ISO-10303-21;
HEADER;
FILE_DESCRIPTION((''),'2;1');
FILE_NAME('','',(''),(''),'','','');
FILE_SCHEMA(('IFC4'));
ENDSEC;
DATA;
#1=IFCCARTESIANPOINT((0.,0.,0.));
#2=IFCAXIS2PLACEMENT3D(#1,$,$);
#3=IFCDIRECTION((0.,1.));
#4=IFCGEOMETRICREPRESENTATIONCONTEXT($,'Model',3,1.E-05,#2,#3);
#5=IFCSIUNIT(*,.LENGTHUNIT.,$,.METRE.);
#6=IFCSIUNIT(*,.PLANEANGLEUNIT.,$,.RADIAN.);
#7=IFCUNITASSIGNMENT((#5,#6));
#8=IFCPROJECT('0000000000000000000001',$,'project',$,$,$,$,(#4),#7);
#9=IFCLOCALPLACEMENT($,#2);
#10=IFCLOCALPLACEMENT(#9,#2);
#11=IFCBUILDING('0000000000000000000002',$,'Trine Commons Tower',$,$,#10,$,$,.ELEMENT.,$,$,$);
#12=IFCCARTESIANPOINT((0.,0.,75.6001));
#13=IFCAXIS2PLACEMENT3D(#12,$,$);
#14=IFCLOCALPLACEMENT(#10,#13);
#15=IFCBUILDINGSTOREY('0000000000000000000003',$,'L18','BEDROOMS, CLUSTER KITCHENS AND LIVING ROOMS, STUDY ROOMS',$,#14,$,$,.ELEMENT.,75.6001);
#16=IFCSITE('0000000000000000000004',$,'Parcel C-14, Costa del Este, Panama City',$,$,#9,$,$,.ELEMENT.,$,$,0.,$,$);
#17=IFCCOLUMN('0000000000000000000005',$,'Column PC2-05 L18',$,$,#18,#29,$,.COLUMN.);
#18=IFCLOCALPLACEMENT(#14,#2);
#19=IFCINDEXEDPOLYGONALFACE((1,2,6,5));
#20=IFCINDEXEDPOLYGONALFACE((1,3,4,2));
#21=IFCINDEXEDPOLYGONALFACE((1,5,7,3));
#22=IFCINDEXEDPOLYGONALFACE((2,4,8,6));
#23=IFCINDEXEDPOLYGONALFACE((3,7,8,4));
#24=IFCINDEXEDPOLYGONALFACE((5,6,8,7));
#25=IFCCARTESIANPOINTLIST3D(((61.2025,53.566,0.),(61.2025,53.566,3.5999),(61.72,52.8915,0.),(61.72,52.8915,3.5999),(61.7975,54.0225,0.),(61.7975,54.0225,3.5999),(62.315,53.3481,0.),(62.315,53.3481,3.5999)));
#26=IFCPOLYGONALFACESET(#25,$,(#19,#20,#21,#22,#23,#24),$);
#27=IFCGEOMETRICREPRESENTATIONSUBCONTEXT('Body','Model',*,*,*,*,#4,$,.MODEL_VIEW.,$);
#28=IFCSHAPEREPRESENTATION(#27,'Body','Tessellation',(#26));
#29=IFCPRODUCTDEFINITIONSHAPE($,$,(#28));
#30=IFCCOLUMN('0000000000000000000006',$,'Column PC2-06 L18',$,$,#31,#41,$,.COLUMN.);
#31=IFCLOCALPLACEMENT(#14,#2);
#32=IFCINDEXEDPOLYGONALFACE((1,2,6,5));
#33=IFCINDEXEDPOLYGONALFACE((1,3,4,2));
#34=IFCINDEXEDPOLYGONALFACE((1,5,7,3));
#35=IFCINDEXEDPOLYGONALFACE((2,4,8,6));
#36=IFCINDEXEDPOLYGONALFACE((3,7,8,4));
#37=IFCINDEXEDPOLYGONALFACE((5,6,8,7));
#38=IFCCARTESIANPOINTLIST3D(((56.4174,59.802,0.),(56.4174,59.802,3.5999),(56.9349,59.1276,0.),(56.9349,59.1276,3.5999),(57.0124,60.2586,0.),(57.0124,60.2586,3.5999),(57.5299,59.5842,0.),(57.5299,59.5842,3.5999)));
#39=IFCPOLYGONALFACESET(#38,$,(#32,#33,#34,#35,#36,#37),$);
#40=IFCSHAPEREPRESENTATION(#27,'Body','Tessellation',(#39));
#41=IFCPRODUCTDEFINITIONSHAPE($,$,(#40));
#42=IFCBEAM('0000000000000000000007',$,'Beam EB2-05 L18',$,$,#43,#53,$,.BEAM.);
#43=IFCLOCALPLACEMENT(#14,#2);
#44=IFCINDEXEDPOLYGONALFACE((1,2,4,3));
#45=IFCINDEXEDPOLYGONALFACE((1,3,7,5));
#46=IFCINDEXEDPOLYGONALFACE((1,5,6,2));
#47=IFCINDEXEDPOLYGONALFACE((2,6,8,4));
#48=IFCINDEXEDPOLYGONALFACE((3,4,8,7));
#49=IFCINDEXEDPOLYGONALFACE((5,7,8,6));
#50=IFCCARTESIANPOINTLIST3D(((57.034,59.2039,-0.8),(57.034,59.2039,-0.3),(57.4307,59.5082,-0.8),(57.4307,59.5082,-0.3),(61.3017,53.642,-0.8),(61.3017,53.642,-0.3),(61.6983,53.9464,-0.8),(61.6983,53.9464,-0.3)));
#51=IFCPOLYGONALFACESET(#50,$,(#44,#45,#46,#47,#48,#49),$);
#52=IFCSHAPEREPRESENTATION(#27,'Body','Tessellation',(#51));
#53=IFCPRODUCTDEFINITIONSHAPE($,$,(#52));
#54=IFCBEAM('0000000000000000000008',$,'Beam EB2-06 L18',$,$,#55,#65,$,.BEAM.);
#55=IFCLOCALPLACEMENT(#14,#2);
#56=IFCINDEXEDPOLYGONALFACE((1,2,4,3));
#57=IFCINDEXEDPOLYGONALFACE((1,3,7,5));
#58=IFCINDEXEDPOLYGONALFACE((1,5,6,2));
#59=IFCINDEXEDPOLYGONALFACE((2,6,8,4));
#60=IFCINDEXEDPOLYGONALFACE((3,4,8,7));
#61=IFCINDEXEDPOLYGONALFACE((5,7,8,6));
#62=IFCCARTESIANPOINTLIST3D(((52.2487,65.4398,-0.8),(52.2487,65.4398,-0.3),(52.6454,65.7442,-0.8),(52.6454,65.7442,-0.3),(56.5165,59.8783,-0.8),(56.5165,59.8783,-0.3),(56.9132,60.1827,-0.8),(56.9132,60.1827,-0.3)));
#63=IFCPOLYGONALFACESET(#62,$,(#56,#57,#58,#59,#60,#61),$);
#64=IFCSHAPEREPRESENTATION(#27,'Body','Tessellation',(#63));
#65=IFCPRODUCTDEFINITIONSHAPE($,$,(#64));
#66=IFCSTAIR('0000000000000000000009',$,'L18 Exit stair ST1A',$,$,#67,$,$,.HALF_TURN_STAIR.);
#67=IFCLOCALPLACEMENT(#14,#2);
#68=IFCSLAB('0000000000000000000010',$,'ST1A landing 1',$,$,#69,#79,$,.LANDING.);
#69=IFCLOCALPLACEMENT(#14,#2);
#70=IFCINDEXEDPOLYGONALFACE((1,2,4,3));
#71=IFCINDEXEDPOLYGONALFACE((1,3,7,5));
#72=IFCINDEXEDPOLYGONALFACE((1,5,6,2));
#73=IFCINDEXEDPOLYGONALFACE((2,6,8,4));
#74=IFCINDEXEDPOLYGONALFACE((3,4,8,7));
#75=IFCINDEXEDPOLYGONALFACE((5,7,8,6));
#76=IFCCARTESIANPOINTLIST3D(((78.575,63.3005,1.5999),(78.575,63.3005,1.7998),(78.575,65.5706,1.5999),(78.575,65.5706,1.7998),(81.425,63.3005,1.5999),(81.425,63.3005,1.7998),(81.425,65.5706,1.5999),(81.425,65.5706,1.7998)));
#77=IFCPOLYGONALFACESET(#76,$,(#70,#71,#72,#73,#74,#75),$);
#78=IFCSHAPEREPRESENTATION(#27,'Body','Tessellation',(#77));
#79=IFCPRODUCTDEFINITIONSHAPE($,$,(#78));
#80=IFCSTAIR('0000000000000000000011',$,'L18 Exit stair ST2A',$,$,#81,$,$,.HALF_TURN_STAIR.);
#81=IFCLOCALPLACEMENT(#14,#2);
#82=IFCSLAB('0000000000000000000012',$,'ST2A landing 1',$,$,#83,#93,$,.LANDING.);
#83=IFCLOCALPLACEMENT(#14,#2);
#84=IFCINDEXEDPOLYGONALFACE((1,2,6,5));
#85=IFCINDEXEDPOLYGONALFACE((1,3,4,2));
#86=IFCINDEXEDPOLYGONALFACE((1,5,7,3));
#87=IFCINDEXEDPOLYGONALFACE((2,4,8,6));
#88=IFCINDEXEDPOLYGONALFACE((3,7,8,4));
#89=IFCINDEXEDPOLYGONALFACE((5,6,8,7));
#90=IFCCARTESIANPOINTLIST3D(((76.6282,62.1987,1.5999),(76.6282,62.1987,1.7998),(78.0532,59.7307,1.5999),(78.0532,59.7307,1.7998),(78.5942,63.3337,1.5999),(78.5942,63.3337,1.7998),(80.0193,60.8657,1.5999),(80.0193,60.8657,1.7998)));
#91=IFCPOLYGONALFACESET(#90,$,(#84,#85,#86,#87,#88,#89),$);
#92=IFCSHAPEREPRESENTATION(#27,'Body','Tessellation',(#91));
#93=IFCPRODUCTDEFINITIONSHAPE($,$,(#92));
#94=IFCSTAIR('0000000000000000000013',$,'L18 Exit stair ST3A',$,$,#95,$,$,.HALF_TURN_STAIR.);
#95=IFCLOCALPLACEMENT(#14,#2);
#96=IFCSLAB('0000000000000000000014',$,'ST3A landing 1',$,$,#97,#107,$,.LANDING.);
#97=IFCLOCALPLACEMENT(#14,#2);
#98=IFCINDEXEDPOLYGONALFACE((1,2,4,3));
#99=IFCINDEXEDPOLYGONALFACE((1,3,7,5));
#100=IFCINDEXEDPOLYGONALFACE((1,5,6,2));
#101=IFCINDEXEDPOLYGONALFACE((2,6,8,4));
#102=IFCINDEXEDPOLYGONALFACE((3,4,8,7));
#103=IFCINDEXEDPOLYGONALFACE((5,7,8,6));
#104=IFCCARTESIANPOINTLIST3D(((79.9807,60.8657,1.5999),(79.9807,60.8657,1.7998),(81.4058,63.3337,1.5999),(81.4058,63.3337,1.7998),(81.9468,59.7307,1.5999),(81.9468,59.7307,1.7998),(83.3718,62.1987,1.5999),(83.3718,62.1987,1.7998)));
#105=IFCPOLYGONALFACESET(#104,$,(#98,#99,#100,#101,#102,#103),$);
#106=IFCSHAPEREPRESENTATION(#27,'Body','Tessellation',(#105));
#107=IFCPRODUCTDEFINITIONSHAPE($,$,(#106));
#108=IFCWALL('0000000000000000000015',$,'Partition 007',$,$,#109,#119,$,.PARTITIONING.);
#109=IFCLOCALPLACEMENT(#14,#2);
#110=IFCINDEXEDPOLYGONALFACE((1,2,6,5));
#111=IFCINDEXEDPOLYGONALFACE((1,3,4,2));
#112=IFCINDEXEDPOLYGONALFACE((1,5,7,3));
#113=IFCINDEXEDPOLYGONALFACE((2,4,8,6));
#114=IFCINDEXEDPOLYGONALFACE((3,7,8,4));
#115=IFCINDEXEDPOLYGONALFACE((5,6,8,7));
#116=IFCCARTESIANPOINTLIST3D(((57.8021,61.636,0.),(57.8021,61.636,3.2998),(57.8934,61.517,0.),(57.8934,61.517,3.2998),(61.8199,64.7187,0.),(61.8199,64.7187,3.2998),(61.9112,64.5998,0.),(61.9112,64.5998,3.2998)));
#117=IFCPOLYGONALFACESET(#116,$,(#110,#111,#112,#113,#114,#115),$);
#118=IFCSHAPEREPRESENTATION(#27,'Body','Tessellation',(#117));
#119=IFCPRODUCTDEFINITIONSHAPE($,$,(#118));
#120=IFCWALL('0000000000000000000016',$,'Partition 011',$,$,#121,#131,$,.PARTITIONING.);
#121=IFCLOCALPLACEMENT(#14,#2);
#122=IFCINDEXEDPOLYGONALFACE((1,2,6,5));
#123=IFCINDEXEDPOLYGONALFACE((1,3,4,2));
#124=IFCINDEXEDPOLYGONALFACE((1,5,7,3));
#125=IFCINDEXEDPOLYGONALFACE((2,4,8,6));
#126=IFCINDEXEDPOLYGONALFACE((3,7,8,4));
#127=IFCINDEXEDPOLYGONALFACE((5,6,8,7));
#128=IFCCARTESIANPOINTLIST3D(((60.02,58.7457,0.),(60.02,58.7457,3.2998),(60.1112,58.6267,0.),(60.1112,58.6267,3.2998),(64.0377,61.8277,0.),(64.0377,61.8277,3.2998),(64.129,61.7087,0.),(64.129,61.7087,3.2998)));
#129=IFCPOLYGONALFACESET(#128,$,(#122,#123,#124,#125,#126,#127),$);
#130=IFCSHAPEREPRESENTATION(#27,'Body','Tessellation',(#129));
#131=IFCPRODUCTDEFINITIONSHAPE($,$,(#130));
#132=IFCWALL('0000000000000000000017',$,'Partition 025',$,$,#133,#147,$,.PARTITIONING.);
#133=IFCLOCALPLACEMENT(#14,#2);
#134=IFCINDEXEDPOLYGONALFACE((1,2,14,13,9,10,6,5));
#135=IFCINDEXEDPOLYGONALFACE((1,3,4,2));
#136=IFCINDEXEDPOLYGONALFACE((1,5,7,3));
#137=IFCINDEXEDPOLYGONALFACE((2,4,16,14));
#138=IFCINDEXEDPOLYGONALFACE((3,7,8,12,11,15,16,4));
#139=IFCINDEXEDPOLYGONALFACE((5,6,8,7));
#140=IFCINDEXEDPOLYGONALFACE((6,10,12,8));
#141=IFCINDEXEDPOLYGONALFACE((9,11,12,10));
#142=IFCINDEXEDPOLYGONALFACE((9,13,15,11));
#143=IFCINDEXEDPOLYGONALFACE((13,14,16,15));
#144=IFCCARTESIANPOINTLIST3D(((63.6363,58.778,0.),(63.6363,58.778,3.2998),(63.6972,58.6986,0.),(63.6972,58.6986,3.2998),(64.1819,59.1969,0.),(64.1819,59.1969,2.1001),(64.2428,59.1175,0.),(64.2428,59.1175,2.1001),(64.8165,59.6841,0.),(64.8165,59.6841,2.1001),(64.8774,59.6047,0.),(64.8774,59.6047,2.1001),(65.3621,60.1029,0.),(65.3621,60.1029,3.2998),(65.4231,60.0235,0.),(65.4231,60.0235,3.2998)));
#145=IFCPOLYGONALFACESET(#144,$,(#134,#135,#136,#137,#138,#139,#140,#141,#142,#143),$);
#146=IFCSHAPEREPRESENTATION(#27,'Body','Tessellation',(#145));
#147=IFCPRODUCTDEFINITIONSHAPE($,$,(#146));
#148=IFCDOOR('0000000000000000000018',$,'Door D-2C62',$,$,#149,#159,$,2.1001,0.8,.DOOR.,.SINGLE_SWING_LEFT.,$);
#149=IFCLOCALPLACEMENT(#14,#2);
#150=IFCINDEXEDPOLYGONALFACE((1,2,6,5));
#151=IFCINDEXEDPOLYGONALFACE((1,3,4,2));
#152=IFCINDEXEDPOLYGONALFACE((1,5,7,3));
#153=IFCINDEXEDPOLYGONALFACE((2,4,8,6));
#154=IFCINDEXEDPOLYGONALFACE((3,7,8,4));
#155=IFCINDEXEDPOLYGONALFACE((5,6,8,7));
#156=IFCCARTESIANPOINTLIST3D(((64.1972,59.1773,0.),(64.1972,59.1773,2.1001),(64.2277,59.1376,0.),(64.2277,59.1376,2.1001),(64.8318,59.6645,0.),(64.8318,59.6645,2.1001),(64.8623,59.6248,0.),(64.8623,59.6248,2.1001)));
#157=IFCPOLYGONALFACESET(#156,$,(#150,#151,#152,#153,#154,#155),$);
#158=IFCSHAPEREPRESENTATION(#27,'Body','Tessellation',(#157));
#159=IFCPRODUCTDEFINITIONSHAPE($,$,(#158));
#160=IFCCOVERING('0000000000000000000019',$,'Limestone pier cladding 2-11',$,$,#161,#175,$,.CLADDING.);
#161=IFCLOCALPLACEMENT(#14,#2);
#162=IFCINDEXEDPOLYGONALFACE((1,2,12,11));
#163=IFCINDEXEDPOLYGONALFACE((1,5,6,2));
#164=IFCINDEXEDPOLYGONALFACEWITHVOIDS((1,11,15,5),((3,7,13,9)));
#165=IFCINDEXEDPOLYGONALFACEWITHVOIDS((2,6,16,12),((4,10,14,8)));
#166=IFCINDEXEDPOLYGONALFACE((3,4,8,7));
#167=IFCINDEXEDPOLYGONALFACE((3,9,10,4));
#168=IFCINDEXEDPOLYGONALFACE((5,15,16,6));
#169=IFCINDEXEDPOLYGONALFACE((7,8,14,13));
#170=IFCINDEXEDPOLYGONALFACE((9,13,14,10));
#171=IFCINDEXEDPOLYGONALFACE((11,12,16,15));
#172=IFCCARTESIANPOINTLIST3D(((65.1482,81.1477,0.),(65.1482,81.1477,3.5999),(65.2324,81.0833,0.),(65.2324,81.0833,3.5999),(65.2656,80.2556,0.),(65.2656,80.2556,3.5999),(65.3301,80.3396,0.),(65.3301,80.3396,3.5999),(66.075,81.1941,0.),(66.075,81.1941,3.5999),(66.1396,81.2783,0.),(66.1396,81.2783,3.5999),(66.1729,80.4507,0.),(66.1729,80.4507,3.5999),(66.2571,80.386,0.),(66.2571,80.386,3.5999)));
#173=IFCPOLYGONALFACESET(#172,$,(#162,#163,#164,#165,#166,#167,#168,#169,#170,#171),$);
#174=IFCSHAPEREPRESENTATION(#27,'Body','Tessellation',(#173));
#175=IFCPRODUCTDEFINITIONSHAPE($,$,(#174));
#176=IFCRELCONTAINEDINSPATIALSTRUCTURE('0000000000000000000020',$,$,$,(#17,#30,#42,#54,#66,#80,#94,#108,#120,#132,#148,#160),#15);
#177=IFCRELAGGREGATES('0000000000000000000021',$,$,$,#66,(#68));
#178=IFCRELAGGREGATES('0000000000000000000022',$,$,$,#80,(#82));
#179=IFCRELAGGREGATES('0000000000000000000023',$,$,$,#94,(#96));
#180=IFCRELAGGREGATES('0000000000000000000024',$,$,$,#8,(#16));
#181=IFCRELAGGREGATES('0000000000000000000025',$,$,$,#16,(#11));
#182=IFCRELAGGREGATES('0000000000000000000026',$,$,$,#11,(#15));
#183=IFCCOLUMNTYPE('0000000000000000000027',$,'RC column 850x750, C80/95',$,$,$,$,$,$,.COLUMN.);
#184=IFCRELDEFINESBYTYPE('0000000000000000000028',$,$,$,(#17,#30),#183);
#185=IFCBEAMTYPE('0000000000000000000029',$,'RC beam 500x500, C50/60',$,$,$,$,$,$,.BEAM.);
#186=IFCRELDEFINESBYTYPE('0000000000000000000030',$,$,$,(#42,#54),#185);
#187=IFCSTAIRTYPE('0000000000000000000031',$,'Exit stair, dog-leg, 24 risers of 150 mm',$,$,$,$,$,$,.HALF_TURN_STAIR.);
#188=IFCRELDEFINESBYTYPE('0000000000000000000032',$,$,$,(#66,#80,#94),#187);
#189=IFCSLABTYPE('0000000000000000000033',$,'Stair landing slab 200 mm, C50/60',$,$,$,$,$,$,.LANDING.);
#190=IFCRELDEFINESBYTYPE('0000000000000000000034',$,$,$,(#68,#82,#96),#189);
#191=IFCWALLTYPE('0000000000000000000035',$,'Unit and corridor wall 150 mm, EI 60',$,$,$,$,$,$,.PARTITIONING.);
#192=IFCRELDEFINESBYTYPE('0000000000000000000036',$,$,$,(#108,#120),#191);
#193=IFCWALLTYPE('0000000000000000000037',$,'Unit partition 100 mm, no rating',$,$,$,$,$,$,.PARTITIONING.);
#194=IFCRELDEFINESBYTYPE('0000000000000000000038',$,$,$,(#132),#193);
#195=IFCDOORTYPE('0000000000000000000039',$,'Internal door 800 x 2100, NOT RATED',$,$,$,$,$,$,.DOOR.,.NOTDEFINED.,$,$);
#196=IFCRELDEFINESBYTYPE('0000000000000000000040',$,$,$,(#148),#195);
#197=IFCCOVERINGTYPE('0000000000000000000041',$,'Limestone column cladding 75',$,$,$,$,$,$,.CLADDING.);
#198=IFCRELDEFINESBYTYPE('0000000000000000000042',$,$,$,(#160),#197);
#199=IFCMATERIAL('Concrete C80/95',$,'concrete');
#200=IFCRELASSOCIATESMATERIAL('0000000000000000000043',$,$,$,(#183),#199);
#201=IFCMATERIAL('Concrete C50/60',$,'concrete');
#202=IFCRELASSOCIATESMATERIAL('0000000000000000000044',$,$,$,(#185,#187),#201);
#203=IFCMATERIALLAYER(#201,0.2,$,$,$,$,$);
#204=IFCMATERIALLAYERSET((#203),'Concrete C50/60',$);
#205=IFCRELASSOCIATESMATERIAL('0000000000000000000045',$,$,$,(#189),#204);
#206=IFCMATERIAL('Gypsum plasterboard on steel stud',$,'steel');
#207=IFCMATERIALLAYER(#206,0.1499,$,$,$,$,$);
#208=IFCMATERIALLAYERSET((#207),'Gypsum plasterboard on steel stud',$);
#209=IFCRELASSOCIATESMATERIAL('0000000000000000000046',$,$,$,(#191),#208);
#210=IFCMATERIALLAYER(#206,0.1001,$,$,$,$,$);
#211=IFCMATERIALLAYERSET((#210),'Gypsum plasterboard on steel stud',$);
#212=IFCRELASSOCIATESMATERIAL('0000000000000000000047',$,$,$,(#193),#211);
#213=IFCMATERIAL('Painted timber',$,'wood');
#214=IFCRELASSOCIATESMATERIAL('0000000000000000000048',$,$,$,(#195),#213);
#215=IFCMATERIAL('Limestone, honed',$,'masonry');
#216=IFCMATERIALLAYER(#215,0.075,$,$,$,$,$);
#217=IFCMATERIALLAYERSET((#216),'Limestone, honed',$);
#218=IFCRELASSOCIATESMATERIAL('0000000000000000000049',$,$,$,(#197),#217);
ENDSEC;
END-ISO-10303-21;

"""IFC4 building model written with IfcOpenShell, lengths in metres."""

from ifc_helpers import new_model, si_unit, direction, frame, frame_2d, origin, origin_2d, place, context, subcontext, project, spatial, polyline, rectangle, outline, extrude, material, layer, layer_set, material_profile, profile_set, type_object, element, fill, aggregate, save


model = new_model("IFC4")

# Units and contexts
model_context = context("Model", 3, precision=1e-05, world=origin(), true_north=direction((0.0, 1.0)))
body_context = subcontext(model_context, "Body", "Model", "MODEL_VIEW")
ifc_project = project(units=[si_unit("LENGTHUNIT", "METRE"), si_unit("PLANEANGLEUNIT", "RADIAN")], contexts=[model_context])

# Site, building, storey
site_placement = place(None, origin())
site = spatial("IfcSite", under=ifc_project, at=site_placement, Name="Parcel C-14, Costa del Este, Panama City", CompositionType="ELEMENT", RefElevation=0.0)
building_placement = place(site_placement, origin())
building = spatial("IfcBuilding", under=site, at=building_placement, Name="Trine Commons Tower", CompositionType="ELEMENT")
storey_placement = place(building_placement, frame((0.0, 0.0, 75.6001)))
storey = spatial("IfcBuildingStorey", under=building, at=storey_placement, Name="L18", Description="BEDROOMS, CLUSTER KITCHENS AND LIVING ROOMS, STUDY ROOMS", CompositionType="ELEMENT", Elevation=75.6001)

# Columns
ifc_material_1 = material(Name="Concrete C80/95", Category="concrete")
ifc_material_profile_1 = material_profile(ifc_material_1, rectangle(XDim=0.8501, YDim=0.75, at=origin_2d()), Name="RC 850x750")
ifc_profile_set_1 = profile_set([ifc_material_profile_1], Name="Concrete C80/95")
column_type = type_object("IfcColumnType", Name="RC column 850x750, C80/95", PredefinedType="COLUMN", material=ifc_profile_set_1)
for number, where, z_axis, x_axis, name in (
    (1, (61.7588, 53.457, 0.0), (0.0, 0.0, 1.0), (-0.608761, 0.793353, 0.0), "Column PC2-05 L18"),
    (2, (56.9736, 59.6931, 0.0), (0.0, 0.0, 1.0), (-0.608761, 0.793353, 0.0), "Column PC2-06 L18"),
):
    element("IfcColumn", number, at=place(storey_placement, frame(where, z_axis=z_axis, x_axis=x_axis)), inside=storey, type_object=column_type, Name=name, PredefinedType="COLUMN", context=body_context, shape_type="SweptSolid", body=[
        extrude(rectangle(XDim=0.8501, YDim=0.75, at=origin_2d()), origin(), (0.0, 0.0, 1.0), 3.5999),
    ])

# Beams
ifc_material_2 = material(Name="Concrete C50/60", Category="concrete")
ifc_material_profile_2 = material_profile(ifc_material_2, rectangle(XDim=0.5, YDim=0.5, at=origin_2d()), Name="RC 500x500")
ifc_profile_set_2 = profile_set([ifc_material_profile_2], Name="Concrete C50/60")
beam_type = type_object("IfcBeamType", Name="RC beam 500x500, C50/60", PredefinedType="BEAM", material=ifc_profile_set_2)
beam_1_placement = place(storey_placement, frame((61.5, 53.7942, -0.55), z_axis=(-0.608751, 0.793361, 0.0), x_axis=(-0.793361, -0.608751, 0.0)))
element("IfcBeam", 3, at=beam_1_placement, inside=storey, type_object=beam_type, Name="Beam EB2-05 L18", PredefinedType="BEAM", context=body_context, shape_type="SweptSolid", body=[
    extrude(rectangle(XDim=0.5, YDim=0.5, at=origin_2d()), origin(), (0.0, 0.0, 1.0), 7.0105),
])
beam_2_placement = place(storey_placement, frame((56.7148, 60.0305, -0.55), z_axis=(-0.60879, 0.793332, 0.0), x_axis=(-0.793332, -0.60879, 0.0)))
element("IfcBeam", 4, at=beam_2_placement, inside=storey, type_object=beam_type, Name="Beam EB2-06 L18", PredefinedType="BEAM", context=body_context, shape_type="SweptSolid", body=[
    extrude(rectangle(XDim=0.5, YDim=0.5, at=origin_2d()), origin(), (0.0, 0.0, 1.0), 7.0103),
])

# Stairs, slabs
stair_type = type_object("IfcStairType", Name="Exit stair, dog-leg, 24 risers of 150 mm", PredefinedType="HALF_TURN_STAIR", material=ifc_material_2)
stair_1_placement = place(storey_placement, origin())
stair_1 = element("IfcStair", 5, at=stair_1_placement, inside=storey, type_object=stair_type, Name="L18 Exit stair ST1A", PredefinedType="HALF_TURN_STAIR")
ifc_layer_1 = layer(ifc_material_2, 0.2)
ifc_layer_set_1 = layer_set([ifc_layer_1], Name="Concrete C50/60")
slab_type = type_object("IfcSlabType", Name="Stair landing slab 200 mm, C50/60", PredefinedType="LANDING", material=ifc_layer_set_1)
slab_1_placement = place(storey_placement, frame((0.0, 0.0, 1.5999)))
slab_1 = element("IfcSlab", 6, at=slab_1_placement, type_object=slab_type, Name="ST1A landing 1", PredefinedType="LANDING", context=body_context, shape_type="SweptSolid", body=[
    extrude(outline(polyline([(78.575, 65.5706), (78.575, 63.3005), (81.425, 63.3005), (81.425, 65.5706), (78.575, 65.5706)])), origin(), (0.0, 0.0, 1.0), 0.2),
])
aggregate(stair_1, [slab_1])
stair_2_placement = place(storey_placement, origin())
stair_2 = element("IfcStair", 7, at=stair_2_placement, inside=storey, type_object=stair_type, Name="L18 Exit stair ST2A", PredefinedType="HALF_TURN_STAIR")
slab_2_placement = place(storey_placement, frame((0.0, 0.0, 1.5999)))
slab_2 = element("IfcSlab", 8, at=slab_2_placement, type_object=slab_type, Name="ST2A landing 1", PredefinedType="LANDING", context=body_context, shape_type="SweptSolid", body=[
    extrude(outline(polyline([(78.0532, 59.7307), (80.0193, 60.8657), (78.5942, 63.3337), (76.6282, 62.1987), (78.0532, 59.7307)])), origin(), (0.0, 0.0, 1.0), 0.2),
])
aggregate(stair_2, [slab_2])
stair_3_placement = place(storey_placement, origin())
stair_3 = element("IfcStair", 9, at=stair_3_placement, inside=storey, type_object=stair_type, Name="L18 Exit stair ST3A", PredefinedType="HALF_TURN_STAIR")
slab_3_placement = place(storey_placement, frame((0.0, 0.0, 1.5999)))
slab_3 = element("IfcSlab", 10, at=slab_3_placement, type_object=slab_type, Name="ST3A landing 1", PredefinedType="LANDING", context=body_context, shape_type="SweptSolid", body=[
    extrude(outline(polyline([(83.3718, 62.1987), (81.4058, 63.3337), (79.9807, 60.8657), (81.9468, 59.7307), (83.3718, 62.1987)])), origin(), (0.0, 0.0, 1.0), 0.2),
])
aggregate(stair_3, [slab_3])

# Walls
ifc_material_3 = material(Name="Gypsum plasterboard on steel stud", Category="steel")
ifc_layer_2 = layer(ifc_material_3, 0.1499)
ifc_layer_set_2 = layer_set([ifc_layer_2], Name="Gypsum plasterboard on steel stud")
wall_type_1 = type_object("IfcWallType", Name="Unit and corridor wall 150 mm, EI 60", PredefinedType="PARTITIONING", material=ifc_layer_set_2)
wall_1_placement = place(storey_placement, frame((57.8477, 61.5764, 0.0), z_axis=(0.0, 0.0, 1.0), x_axis=(0.793374, 0.608734, 0.0)))
element("IfcWall", 11, at=wall_1_placement, inside=storey, type_object=wall_type_1, Name="Partition 007", PredefinedType="PARTITIONING", context=body_context, shape_type="SweptSolid", body=[
    extrude(rectangle(XDim=5.0642, YDim=0.1499, at=frame_2d((2.5322, 0.0))), origin(), (0.0, 0.0, 1.0), 3.2998),
])
wall_2_placement = place(storey_placement, frame((60.0657, 58.6863, 0.0), z_axis=(0.0, 0.0, 1.0), x_axis=(0.793444, 0.608643, 0.0)))
element("IfcWall", 12, at=wall_2_placement, inside=storey, type_object=wall_type_1, Name="Partition 011", PredefinedType="PARTITIONING", context=body_context, shape_type="SweptSolid", body=[
    extrude(rectangle(XDim=5.0637, YDim=0.1499, at=frame_2d((2.5317, 0.0))), origin(), (0.0, 0.0, 1.0), 3.2998),
])

# Wall, opening, door
ifc_layer_3 = layer(ifc_material_3, 0.1001)
ifc_layer_set_3 = layer_set([ifc_layer_3], Name="Gypsum plasterboard on steel stud")
wall_type_2 = type_object("IfcWallType", Name="Unit partition 100 mm, no rating", PredefinedType="PARTITIONING", material=ifc_layer_set_3)
wall_3_placement = place(storey_placement, frame((63.6667, 58.7383, 0.0), z_axis=(0.0, 0.0, 1.0), x_axis=(0.793203, 0.608957, 0.0)))
wall_3 = element("IfcWall", 13, at=wall_3_placement, inside=storey, type_object=wall_type_2, Name="Partition 025", PredefinedType="PARTITIONING", context=body_context, shape_type="SweptSolid", body=[
    extrude(rectangle(XDim=2.1758, YDim=0.1001, at=frame_2d((1.0879, 0.0))), origin(), (0.0, 0.0, 1.0), 3.2998),
])
opening_placement = place(wall_3_placement, frame((0.688, 0.0, 0.0)))
opening = element("IfcOpeningElement", 14, at=opening_placement, cuts=wall_3, PredefinedType="OPENING", context=body_context, shape_type="SweptSolid", body=[
    extrude(rectangle(XDim=0.8, YDim=2.1001, at=frame_2d((0.3999, 1.05))), frame((0.0, 0.0601, 0.0), z_axis=(0.0, -1.0, 0.0), x_axis=(1.0, 0.0, 0.0)), (0.0, 0.0, 1.0), 0.1201),
])
ifc_material_4 = material(Name="Painted timber", Category="wood")
door_type = type_object("IfcDoorType", Name="Internal door 800 x 2100, NOT RATED", OperationType="NOTDEFINED", PredefinedType="DOOR", material=ifc_material_4)
door_placement = place(opening_placement, frame((0.8, 0.0, 0.0), z_axis=(0.0, 0.0, 1.0), x_axis=(-1.0, 0.0, 0.0)))
door = element("IfcDoor", 15, at=door_placement, inside=storey, type_object=door_type, Name="Door D-2C62", OperationType="SINGLE_SWING_LEFT", OverallHeight=2.1001, OverallWidth=0.8, PredefinedType="DOOR", context=body_context, shape_type="SweptSolid", body=[
    extrude(rectangle(XDim=0.8, YDim=2.1001, at=frame_2d((0.3999, 1.05))), frame((0.0, 0.0249, 0.0), z_axis=(0.0, -1.0, 0.0), x_axis=(1.0, 0.0, 0.0)), (0.0, 0.0, 1.0), 0.05),
])
fill(opening, door)

# Covering
ifc_material_5 = material(Name="Limestone, honed", Category="masonry")
ifc_layer_4 = layer(ifc_material_5, 0.075)
ifc_layer_set_4 = layer_set([ifc_layer_4], Name="Limestone, honed")
covering_type_1 = type_object("IfcCoveringType", Name="Limestone column cladding 75", PredefinedType="CLADDING", material=ifc_layer_set_4)
covering_1_placement = place(storey_placement, origin())
element("IfcCovering", 16, at=covering_1_placement, inside=storey, type_object=covering_type_1, Name="Limestone pier cladding 2-11", PredefinedType="CLADDING", context=body_context, shape_type="SweptSolid", body=[
    extrude(outline(polyline([(66.2571, 80.386), (66.1396, 81.2783), (65.1482, 81.1477), (65.2656, 80.2556), (66.2571, 80.386)]), holes=[polyline([(66.1729, 80.4507), (66.075, 81.1941), (65.2324, 81.0833), (65.3301, 80.3396), (66.1729, 80.4507)])]), origin(), (0.0, 0.0, 1.0), 3.5999),
])

save(model, "model.ifc")
